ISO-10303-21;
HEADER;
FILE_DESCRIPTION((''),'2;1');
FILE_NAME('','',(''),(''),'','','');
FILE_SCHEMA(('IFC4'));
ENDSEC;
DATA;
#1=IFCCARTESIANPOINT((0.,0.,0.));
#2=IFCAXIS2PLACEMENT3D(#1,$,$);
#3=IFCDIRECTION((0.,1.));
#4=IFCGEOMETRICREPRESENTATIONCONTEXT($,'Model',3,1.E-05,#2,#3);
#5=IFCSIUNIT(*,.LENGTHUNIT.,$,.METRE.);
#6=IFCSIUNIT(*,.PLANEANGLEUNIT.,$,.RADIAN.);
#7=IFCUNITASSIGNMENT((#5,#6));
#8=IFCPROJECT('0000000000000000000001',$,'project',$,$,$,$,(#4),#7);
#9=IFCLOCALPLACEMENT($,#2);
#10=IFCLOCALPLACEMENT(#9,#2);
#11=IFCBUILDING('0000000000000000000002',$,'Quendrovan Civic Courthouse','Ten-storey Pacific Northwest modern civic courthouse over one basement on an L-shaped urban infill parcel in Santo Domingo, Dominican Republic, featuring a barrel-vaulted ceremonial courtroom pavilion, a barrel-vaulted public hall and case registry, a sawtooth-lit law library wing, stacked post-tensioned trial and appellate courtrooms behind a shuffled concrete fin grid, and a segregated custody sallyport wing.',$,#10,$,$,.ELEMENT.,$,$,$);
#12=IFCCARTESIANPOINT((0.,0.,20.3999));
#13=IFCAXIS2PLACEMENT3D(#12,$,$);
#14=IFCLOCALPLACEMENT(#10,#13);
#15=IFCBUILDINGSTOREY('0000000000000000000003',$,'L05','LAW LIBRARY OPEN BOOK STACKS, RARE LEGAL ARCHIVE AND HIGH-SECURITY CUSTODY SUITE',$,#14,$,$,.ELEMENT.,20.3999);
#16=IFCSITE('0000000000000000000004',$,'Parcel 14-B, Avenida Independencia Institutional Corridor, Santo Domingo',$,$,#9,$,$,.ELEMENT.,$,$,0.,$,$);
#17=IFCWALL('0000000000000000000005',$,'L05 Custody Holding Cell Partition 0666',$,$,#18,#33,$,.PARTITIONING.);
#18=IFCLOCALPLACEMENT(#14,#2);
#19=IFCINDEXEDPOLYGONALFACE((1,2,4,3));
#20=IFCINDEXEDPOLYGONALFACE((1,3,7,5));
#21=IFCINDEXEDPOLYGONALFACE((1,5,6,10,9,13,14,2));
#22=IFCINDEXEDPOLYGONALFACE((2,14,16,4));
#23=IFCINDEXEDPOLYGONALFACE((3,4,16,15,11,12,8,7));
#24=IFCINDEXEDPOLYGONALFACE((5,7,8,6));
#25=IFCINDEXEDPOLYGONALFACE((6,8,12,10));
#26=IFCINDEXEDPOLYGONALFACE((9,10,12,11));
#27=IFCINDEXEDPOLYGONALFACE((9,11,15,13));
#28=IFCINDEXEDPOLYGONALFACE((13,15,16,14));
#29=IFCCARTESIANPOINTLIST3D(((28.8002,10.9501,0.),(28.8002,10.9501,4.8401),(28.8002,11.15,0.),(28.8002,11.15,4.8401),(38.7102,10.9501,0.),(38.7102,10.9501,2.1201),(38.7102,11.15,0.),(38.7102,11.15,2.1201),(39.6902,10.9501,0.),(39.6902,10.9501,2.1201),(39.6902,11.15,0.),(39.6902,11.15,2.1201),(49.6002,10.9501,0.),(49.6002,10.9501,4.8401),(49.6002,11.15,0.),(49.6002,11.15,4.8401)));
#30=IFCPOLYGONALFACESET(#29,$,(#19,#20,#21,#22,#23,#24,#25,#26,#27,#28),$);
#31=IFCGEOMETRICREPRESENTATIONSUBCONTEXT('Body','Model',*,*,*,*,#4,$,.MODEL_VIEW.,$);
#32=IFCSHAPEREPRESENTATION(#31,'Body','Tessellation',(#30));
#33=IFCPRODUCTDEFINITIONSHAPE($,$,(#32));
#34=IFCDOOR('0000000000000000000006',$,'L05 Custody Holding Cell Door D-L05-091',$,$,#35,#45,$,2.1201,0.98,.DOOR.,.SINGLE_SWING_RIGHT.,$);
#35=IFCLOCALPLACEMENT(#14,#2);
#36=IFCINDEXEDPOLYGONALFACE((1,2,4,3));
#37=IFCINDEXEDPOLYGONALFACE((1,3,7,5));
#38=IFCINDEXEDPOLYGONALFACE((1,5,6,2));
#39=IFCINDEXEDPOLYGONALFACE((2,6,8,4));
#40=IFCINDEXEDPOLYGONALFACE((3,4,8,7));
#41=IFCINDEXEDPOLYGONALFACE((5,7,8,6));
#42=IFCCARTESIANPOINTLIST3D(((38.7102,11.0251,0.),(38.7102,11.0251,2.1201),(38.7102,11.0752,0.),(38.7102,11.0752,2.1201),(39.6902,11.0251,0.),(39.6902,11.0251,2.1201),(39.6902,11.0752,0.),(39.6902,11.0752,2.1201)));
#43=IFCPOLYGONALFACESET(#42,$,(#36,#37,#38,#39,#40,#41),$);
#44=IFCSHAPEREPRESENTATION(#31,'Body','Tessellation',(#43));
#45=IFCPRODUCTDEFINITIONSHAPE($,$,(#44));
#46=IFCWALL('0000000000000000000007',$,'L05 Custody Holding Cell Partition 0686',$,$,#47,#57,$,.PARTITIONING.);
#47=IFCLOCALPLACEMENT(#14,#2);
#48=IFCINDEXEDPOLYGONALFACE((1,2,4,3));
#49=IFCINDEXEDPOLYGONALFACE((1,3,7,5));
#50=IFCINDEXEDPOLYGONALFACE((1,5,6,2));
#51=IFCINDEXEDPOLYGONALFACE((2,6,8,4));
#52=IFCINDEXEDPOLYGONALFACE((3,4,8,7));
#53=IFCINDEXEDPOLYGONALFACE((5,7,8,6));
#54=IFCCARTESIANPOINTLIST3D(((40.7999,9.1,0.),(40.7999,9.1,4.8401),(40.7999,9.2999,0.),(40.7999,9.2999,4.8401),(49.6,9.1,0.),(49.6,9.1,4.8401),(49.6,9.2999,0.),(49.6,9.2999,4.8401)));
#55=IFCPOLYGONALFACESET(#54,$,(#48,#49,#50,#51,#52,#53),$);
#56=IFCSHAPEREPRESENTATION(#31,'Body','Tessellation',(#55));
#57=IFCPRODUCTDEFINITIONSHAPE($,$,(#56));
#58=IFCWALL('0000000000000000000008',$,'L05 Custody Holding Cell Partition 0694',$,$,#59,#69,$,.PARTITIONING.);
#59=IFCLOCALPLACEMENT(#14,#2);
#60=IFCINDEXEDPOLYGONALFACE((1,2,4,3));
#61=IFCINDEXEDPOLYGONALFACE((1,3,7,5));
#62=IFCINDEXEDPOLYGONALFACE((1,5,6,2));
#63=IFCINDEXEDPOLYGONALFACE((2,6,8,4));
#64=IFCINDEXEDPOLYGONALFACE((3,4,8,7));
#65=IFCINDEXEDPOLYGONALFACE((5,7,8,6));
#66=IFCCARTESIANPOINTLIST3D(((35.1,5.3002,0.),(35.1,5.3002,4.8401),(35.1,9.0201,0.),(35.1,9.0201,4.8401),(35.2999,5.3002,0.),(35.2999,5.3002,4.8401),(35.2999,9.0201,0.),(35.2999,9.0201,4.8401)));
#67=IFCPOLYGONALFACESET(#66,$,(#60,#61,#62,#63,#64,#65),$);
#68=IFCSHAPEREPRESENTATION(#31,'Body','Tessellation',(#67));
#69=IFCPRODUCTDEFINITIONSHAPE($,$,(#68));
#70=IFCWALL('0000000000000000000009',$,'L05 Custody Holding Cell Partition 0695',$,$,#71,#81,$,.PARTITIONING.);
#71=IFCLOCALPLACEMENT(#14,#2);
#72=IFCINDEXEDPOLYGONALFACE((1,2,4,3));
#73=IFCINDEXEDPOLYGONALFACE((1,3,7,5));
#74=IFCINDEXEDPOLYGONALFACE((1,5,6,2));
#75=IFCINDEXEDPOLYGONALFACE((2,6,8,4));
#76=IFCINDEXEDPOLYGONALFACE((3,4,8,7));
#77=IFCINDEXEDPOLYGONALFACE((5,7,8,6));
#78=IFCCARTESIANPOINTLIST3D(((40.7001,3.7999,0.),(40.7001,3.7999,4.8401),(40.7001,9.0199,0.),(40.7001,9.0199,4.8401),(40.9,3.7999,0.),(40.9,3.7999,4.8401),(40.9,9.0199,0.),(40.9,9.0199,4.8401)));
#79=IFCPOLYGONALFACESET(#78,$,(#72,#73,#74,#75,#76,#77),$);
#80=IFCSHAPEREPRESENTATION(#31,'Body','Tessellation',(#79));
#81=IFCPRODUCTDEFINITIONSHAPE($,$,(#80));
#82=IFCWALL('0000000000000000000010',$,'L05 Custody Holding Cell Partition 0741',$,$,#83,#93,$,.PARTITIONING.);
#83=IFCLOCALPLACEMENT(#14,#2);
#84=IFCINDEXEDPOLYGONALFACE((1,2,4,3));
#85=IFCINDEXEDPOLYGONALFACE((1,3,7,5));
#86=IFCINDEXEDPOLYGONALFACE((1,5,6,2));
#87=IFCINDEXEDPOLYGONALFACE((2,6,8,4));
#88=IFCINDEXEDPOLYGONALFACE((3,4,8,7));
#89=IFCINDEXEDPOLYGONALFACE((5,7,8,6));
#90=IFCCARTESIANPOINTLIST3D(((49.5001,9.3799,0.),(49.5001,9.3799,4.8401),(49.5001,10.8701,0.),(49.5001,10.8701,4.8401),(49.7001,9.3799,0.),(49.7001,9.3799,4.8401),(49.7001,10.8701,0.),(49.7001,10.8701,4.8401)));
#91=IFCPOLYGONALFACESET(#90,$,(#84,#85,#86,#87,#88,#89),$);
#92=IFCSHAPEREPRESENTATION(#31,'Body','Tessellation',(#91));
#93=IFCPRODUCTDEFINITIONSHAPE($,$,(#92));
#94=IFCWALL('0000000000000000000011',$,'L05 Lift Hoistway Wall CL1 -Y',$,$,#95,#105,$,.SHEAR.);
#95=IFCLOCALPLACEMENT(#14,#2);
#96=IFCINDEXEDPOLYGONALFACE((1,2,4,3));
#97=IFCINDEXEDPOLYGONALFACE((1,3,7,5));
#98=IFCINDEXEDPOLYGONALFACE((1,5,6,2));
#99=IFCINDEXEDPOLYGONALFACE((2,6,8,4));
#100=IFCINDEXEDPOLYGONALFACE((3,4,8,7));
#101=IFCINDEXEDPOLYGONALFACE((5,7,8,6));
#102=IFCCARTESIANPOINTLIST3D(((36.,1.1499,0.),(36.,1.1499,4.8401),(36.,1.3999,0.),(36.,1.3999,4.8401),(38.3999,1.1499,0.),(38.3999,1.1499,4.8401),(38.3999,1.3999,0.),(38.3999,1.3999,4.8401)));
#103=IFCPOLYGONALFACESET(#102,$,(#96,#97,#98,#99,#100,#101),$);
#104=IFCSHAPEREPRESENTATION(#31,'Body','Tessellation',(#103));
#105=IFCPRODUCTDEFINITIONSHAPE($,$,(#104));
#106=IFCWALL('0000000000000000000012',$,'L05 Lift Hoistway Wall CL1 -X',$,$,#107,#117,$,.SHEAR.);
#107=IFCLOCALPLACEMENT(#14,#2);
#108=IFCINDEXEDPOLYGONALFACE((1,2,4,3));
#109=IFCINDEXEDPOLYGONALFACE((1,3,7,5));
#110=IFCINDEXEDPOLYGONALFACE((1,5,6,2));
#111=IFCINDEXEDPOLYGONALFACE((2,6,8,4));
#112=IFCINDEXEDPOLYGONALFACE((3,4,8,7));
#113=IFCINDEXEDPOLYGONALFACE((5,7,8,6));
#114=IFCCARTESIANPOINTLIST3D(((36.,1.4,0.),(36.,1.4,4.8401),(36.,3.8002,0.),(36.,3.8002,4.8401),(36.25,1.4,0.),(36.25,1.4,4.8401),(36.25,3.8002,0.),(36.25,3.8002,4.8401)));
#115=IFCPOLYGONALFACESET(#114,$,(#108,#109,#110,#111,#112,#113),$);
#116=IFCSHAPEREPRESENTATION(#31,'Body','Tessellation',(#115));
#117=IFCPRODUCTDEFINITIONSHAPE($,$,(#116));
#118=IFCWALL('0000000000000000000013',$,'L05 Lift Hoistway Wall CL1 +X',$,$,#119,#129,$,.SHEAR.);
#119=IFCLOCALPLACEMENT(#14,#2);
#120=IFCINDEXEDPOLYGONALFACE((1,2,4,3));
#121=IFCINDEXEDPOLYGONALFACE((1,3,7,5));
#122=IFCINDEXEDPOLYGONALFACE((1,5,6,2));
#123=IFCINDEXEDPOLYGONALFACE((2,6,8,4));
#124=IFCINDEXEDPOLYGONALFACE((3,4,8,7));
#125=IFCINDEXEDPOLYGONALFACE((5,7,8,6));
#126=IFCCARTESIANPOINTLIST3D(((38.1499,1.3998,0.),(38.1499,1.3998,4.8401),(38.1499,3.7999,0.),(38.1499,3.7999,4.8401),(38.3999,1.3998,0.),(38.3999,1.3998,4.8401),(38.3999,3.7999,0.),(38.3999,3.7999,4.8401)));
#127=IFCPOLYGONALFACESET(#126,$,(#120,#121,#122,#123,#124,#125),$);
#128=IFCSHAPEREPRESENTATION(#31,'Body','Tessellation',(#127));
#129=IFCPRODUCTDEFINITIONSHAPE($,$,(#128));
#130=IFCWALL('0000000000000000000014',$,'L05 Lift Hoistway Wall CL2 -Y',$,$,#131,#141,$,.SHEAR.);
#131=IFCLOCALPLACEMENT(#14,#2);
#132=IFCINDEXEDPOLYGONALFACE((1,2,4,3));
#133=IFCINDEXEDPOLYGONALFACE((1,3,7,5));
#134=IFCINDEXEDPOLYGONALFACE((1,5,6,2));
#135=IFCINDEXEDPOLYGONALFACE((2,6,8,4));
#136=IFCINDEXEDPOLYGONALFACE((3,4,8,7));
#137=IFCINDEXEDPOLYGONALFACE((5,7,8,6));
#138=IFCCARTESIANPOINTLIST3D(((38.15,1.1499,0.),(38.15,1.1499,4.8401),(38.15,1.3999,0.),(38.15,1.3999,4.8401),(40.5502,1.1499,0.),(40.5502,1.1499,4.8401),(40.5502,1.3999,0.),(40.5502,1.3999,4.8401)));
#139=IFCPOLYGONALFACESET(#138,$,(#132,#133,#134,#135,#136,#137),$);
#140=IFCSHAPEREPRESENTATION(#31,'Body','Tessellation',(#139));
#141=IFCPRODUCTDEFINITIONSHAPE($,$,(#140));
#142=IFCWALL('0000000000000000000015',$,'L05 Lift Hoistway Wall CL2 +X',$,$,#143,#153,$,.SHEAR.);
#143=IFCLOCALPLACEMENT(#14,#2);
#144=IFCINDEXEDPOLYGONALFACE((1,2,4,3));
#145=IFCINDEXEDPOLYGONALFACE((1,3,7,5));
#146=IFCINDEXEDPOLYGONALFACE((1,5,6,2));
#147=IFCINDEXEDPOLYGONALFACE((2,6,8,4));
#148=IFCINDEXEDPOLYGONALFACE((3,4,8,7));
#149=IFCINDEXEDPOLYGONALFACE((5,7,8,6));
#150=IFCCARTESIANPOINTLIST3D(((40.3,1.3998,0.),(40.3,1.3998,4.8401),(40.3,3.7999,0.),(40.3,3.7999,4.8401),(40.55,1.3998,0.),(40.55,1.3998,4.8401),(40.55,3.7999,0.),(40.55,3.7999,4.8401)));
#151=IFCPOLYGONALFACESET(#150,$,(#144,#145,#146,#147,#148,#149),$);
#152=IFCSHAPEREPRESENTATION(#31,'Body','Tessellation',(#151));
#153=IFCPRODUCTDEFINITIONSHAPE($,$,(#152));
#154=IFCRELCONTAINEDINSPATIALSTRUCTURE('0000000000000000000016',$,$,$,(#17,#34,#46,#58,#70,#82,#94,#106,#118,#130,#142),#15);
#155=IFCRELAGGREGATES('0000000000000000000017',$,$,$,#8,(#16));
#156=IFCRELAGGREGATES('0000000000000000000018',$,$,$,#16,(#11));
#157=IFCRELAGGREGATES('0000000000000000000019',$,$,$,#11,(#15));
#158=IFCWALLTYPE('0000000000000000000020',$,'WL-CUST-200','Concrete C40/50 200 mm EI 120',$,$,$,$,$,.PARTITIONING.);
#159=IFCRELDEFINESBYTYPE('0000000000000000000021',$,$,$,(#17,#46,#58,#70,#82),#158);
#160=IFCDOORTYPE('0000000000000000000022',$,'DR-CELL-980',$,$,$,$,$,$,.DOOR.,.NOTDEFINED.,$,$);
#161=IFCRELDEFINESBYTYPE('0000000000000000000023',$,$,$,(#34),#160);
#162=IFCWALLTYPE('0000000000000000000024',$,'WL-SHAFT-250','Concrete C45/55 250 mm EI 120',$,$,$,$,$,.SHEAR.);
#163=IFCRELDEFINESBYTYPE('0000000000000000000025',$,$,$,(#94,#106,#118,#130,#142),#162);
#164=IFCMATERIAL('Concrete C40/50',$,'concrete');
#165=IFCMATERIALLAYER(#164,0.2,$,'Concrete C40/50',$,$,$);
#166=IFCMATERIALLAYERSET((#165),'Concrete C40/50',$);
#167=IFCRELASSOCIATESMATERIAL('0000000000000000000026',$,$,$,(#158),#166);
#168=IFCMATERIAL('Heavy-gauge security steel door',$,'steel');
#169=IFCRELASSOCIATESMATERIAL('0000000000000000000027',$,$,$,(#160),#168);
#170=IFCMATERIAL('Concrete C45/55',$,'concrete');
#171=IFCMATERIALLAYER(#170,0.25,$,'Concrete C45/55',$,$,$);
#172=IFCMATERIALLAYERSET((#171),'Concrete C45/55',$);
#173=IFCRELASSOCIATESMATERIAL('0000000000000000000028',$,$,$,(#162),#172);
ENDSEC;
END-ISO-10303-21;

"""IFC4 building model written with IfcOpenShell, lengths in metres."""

from ifc_helpers import new_model, si_unit, direction, frame, frame_2d, origin, place, context, subcontext, project, spatial, rectangle, extrude, material, layer, layer_set, type_object, element, fill, save


model = new_model("IFC4")

# Units and contexts
model_context = context("Model", 3, precision=1e-05, world=origin(), true_north=direction((0.0, 1.0)))
body_context = subcontext(model_context, "Body", "Model", "MODEL_VIEW")
ifc_project = project(units=[si_unit("LENGTHUNIT", "METRE"), si_unit("PLANEANGLEUNIT", "RADIAN")], contexts=[model_context])

# Site, building, storey
site_placement = place(None, origin())
site = spatial("IfcSite", under=ifc_project, at=site_placement, Name="Parcel 14-B, Avenida Independencia Institutional Corridor, Santo Domingo", CompositionType="ELEMENT", RefElevation=0.0)
building_placement = place(site_placement, origin())
building = spatial("IfcBuilding", under=site, at=building_placement, Name="Quendrovan Civic Courthouse", Description="Ten-storey Pacific Northwest modern civic courthouse over one basement on an L-shaped urban infill parcel in Santo Domingo, Dominican Republic, featuring a barrel-vaulted ceremonial courtroom pavilion, a barrel-vaulted public hall and case registry, a sawtooth-lit law library wing, stacked post-tensioned trial and appellate courtrooms behind a shuffled concrete fin grid, and a segregated custody sallyport wing.", CompositionType="ELEMENT")
storey_placement = place(building_placement, frame((0.0, 0.0, 20.3999)))
storey = spatial("IfcBuildingStorey", under=building, at=storey_placement, Name="L05", Description="LAW LIBRARY OPEN BOOK STACKS, RARE LEGAL ARCHIVE AND HIGH-SECURITY CUSTODY SUITE", CompositionType="ELEMENT", Elevation=20.3999)

# Shared definitions
ifc_material_1 = material(Name="Concrete C45/55", Category="concrete")

# Shared definitions
ifc_material_2 = material(Name="Concrete C40/50", Category="concrete")

# Wall, opening, door
ifc_layer_1 = layer(ifc_material_2, 0.2, Name="Concrete C40/50")
ifc_layer_set_1 = layer_set([ifc_layer_1], Name="Concrete C40/50")
wall_type_1 = type_object("IfcWallType", Name="WL-CUST-200", Description="Concrete C40/50 200 mm EI 120", PredefinedType="PARTITIONING", material=ifc_layer_set_1)
wall_1_placement = place(storey_placement, frame((49.6001, 11.05, 0.0), z_axis=(0.0, 0.0, 1.0), x_axis=(-1.0, 0.0, 0.0)))
wall_1 = element("IfcWall", 1, at=wall_1_placement, inside=storey, type_object=wall_type_1, Name="L05 Custody Holding Cell Partition 0666", PredefinedType="PARTITIONING", context=body_context, shape_type="SweptSolid", body=[
    extrude(rectangle(XDim=20.8, YDim=0.2, at=frame_2d((10.3999, 0.0))), origin(), (0.0, 0.0, 1.0), 4.8401),
])
opening_1_placement = place(wall_1_placement, frame((9.9099, 0.0, 0.0)))
opening_1 = element("IfcOpeningElement", 2, at=opening_1_placement, cuts=wall_1, PredefinedType="OPENING", context=body_context, shape_type="SweptSolid", body=[
    extrude(rectangle(XDim=0.98, YDim=2.1201, at=frame_2d((0.49, 1.0601))), frame((0.0, 0.1099, 0.0), z_axis=(0.0, -1.0, 0.0), x_axis=(1.0, 0.0, 0.0)), (0.0, 0.0, 1.0), 0.22),
])
ifc_material_3 = material(Name="Heavy-gauge security steel door", Category="steel")
door_type_1 = type_object("IfcDoorType", Name="DR-CELL-980", OperationType="NOTDEFINED", PredefinedType="DOOR", material=ifc_material_3)
door_1_placement = place(opening_1_placement, origin())
door_1 = element("IfcDoor", 3, at=door_1_placement, inside=storey, type_object=door_type_1, Name="L05 Custody Holding Cell Door D-L05-091", OperationType="SINGLE_SWING_RIGHT", OverallHeight=2.1201, OverallWidth=0.98, PredefinedType="DOOR", context=body_context, shape_type="SweptSolid", body=[
    extrude(rectangle(XDim=0.98, YDim=2.1201, at=frame_2d((0.49, 1.0601))), frame((0.0, 0.0249, 0.0), z_axis=(0.0, -1.0, 0.0), x_axis=(1.0, 0.0, 0.0)), (0.0, 0.0, 1.0), 0.05),
])
fill(opening_1, door_1)

# Walls
wall_2_placement = place(storey_placement, frame((40.8, 9.2, 0.0), z_axis=(0.0, 0.0, 1.0), x_axis=(1.0, 0.0, 0.0)))
element("IfcWall", 4, at=wall_2_placement, inside=storey, type_object=wall_type_1, Name="L05 Custody Holding Cell Partition 0686", PredefinedType="PARTITIONING", context=body_context, shape_type="SweptSolid", body=[
    extrude(rectangle(XDim=8.8, YDim=0.2, at=frame_2d((4.3999, 0.0))), origin(), (0.0, 0.0, 1.0), 4.8401),
])
wall_3_placement = place(storey_placement, frame((35.2, 9.02, 0.0), z_axis=(0.0, 0.0, 1.0), x_axis=(0.0, -1.0, 0.0)))
element("IfcWall", 5, at=wall_3_placement, inside=storey, type_object=wall_type_1, Name="L05 Custody Holding Cell Partition 0694", PredefinedType="PARTITIONING", context=body_context, shape_type="SweptSolid", body=[
    extrude(rectangle(XDim=3.72, YDim=0.2, at=frame_2d((1.8599, 0.0))), origin(), (0.0, 0.0, 1.0), 4.8401),
])
wall_4_placement = place(storey_placement, frame((40.8, 3.8, 0.0), z_axis=(0.0, 0.0, 1.0), x_axis=(0.0, 1.0, 0.0)))
element("IfcWall", 6, at=wall_4_placement, inside=storey, type_object=wall_type_1, Name="L05 Custody Holding Cell Partition 0695", PredefinedType="PARTITIONING", context=body_context, shape_type="SweptSolid", body=[
    extrude(rectangle(XDim=5.22, YDim=0.2, at=frame_2d((2.6099, 0.0))), origin(), (0.0, 0.0, 1.0), 4.8401),
])
wall_5_placement = place(storey_placement, frame((49.6001, 9.3799, 0.0), z_axis=(0.0, 0.0, 1.0), x_axis=(0.0, 1.0, 0.0)))
element("IfcWall", 7, at=wall_5_placement, inside=storey, type_object=wall_type_1, Name="L05 Custody Holding Cell Partition 0741", PredefinedType="PARTITIONING", context=body_context, shape_type="SweptSolid", body=[
    extrude(rectangle(XDim=1.4902, YDim=0.2, at=frame_2d((0.7451, 0.0))), origin(), (0.0, 0.0, 1.0), 4.8401),
])
ifc_layer_2 = layer(ifc_material_1, 0.25, Name="Concrete C45/55")
ifc_layer_set_2 = layer_set([ifc_layer_2], Name="Concrete C45/55")
wall_type_2 = type_object("IfcWallType", Name="WL-SHAFT-250", Description="Concrete C45/55 250 mm EI 120", PredefinedType="SHEAR", material=ifc_layer_set_2)
wall_6_placement = place(storey_placement, frame((36.0, 1.2749, 0.0), z_axis=(0.0, 0.0, 1.0), x_axis=(1.0, 0.0, 0.0)))
element("IfcWall", 8, at=wall_6_placement, inside=storey, type_object=wall_type_2, Name="L05 Lift Hoistway Wall CL1 -Y", PredefinedType="SHEAR", context=body_context, shape_type="SweptSolid", body=[
    extrude(rectangle(XDim=2.3999, YDim=0.25, at=frame_2d((1.2, 0.0))), origin(), (0.0, 0.0, 1.0), 4.8401),
])

# Walls
for number, where, z_axis, x_axis, name in (
    (9, (36.125, 1.3999, 0.0), (0.0, 0.0, 1.0), (0.0, 1.0, 0.0), "L05 Lift Hoistway Wall CL1 -X"),
    (10, (38.2749, 3.8, 0.0), (0.0, 0.0, 1.0), (0.0, -1.0, 0.0), "L05 Lift Hoistway Wall CL1 +X"),
    (11, (38.1499, 1.2749, 0.0), (0.0, 0.0, 1.0), (1.0, 0.0, 0.0), "L05 Lift Hoistway Wall CL2 -Y"),
):
    element("IfcWall", number, at=place(storey_placement, frame(where, z_axis=z_axis, x_axis=x_axis)), inside=storey, type_object=wall_type_2, Name=name, PredefinedType="SHEAR", context=body_context, shape_type="SweptSolid", body=[
        extrude(rectangle(XDim=2.4001, YDim=0.25, at=frame_2d((1.2002, 0.0))), origin(), (0.0, 0.0, 1.0), 4.8401),
    ])

# Wall
wall_7_placement = place(storey_placement, frame((40.425, 3.8, 0.0), z_axis=(0.0, 0.0, 1.0), x_axis=(0.0, -1.0, 0.0)))
element("IfcWall", 12, at=wall_7_placement, inside=storey, type_object=wall_type_2, Name="L05 Lift Hoistway Wall CL2 +X", PredefinedType="SHEAR", context=body_context, shape_type="SweptSolid", body=[
    extrude(rectangle(XDim=2.4001, YDim=0.25, at=frame_2d((1.2002, 0.0))), origin(), (0.0, 0.0, 1.0), 4.8401),
])

save(model, "model.ifc")
